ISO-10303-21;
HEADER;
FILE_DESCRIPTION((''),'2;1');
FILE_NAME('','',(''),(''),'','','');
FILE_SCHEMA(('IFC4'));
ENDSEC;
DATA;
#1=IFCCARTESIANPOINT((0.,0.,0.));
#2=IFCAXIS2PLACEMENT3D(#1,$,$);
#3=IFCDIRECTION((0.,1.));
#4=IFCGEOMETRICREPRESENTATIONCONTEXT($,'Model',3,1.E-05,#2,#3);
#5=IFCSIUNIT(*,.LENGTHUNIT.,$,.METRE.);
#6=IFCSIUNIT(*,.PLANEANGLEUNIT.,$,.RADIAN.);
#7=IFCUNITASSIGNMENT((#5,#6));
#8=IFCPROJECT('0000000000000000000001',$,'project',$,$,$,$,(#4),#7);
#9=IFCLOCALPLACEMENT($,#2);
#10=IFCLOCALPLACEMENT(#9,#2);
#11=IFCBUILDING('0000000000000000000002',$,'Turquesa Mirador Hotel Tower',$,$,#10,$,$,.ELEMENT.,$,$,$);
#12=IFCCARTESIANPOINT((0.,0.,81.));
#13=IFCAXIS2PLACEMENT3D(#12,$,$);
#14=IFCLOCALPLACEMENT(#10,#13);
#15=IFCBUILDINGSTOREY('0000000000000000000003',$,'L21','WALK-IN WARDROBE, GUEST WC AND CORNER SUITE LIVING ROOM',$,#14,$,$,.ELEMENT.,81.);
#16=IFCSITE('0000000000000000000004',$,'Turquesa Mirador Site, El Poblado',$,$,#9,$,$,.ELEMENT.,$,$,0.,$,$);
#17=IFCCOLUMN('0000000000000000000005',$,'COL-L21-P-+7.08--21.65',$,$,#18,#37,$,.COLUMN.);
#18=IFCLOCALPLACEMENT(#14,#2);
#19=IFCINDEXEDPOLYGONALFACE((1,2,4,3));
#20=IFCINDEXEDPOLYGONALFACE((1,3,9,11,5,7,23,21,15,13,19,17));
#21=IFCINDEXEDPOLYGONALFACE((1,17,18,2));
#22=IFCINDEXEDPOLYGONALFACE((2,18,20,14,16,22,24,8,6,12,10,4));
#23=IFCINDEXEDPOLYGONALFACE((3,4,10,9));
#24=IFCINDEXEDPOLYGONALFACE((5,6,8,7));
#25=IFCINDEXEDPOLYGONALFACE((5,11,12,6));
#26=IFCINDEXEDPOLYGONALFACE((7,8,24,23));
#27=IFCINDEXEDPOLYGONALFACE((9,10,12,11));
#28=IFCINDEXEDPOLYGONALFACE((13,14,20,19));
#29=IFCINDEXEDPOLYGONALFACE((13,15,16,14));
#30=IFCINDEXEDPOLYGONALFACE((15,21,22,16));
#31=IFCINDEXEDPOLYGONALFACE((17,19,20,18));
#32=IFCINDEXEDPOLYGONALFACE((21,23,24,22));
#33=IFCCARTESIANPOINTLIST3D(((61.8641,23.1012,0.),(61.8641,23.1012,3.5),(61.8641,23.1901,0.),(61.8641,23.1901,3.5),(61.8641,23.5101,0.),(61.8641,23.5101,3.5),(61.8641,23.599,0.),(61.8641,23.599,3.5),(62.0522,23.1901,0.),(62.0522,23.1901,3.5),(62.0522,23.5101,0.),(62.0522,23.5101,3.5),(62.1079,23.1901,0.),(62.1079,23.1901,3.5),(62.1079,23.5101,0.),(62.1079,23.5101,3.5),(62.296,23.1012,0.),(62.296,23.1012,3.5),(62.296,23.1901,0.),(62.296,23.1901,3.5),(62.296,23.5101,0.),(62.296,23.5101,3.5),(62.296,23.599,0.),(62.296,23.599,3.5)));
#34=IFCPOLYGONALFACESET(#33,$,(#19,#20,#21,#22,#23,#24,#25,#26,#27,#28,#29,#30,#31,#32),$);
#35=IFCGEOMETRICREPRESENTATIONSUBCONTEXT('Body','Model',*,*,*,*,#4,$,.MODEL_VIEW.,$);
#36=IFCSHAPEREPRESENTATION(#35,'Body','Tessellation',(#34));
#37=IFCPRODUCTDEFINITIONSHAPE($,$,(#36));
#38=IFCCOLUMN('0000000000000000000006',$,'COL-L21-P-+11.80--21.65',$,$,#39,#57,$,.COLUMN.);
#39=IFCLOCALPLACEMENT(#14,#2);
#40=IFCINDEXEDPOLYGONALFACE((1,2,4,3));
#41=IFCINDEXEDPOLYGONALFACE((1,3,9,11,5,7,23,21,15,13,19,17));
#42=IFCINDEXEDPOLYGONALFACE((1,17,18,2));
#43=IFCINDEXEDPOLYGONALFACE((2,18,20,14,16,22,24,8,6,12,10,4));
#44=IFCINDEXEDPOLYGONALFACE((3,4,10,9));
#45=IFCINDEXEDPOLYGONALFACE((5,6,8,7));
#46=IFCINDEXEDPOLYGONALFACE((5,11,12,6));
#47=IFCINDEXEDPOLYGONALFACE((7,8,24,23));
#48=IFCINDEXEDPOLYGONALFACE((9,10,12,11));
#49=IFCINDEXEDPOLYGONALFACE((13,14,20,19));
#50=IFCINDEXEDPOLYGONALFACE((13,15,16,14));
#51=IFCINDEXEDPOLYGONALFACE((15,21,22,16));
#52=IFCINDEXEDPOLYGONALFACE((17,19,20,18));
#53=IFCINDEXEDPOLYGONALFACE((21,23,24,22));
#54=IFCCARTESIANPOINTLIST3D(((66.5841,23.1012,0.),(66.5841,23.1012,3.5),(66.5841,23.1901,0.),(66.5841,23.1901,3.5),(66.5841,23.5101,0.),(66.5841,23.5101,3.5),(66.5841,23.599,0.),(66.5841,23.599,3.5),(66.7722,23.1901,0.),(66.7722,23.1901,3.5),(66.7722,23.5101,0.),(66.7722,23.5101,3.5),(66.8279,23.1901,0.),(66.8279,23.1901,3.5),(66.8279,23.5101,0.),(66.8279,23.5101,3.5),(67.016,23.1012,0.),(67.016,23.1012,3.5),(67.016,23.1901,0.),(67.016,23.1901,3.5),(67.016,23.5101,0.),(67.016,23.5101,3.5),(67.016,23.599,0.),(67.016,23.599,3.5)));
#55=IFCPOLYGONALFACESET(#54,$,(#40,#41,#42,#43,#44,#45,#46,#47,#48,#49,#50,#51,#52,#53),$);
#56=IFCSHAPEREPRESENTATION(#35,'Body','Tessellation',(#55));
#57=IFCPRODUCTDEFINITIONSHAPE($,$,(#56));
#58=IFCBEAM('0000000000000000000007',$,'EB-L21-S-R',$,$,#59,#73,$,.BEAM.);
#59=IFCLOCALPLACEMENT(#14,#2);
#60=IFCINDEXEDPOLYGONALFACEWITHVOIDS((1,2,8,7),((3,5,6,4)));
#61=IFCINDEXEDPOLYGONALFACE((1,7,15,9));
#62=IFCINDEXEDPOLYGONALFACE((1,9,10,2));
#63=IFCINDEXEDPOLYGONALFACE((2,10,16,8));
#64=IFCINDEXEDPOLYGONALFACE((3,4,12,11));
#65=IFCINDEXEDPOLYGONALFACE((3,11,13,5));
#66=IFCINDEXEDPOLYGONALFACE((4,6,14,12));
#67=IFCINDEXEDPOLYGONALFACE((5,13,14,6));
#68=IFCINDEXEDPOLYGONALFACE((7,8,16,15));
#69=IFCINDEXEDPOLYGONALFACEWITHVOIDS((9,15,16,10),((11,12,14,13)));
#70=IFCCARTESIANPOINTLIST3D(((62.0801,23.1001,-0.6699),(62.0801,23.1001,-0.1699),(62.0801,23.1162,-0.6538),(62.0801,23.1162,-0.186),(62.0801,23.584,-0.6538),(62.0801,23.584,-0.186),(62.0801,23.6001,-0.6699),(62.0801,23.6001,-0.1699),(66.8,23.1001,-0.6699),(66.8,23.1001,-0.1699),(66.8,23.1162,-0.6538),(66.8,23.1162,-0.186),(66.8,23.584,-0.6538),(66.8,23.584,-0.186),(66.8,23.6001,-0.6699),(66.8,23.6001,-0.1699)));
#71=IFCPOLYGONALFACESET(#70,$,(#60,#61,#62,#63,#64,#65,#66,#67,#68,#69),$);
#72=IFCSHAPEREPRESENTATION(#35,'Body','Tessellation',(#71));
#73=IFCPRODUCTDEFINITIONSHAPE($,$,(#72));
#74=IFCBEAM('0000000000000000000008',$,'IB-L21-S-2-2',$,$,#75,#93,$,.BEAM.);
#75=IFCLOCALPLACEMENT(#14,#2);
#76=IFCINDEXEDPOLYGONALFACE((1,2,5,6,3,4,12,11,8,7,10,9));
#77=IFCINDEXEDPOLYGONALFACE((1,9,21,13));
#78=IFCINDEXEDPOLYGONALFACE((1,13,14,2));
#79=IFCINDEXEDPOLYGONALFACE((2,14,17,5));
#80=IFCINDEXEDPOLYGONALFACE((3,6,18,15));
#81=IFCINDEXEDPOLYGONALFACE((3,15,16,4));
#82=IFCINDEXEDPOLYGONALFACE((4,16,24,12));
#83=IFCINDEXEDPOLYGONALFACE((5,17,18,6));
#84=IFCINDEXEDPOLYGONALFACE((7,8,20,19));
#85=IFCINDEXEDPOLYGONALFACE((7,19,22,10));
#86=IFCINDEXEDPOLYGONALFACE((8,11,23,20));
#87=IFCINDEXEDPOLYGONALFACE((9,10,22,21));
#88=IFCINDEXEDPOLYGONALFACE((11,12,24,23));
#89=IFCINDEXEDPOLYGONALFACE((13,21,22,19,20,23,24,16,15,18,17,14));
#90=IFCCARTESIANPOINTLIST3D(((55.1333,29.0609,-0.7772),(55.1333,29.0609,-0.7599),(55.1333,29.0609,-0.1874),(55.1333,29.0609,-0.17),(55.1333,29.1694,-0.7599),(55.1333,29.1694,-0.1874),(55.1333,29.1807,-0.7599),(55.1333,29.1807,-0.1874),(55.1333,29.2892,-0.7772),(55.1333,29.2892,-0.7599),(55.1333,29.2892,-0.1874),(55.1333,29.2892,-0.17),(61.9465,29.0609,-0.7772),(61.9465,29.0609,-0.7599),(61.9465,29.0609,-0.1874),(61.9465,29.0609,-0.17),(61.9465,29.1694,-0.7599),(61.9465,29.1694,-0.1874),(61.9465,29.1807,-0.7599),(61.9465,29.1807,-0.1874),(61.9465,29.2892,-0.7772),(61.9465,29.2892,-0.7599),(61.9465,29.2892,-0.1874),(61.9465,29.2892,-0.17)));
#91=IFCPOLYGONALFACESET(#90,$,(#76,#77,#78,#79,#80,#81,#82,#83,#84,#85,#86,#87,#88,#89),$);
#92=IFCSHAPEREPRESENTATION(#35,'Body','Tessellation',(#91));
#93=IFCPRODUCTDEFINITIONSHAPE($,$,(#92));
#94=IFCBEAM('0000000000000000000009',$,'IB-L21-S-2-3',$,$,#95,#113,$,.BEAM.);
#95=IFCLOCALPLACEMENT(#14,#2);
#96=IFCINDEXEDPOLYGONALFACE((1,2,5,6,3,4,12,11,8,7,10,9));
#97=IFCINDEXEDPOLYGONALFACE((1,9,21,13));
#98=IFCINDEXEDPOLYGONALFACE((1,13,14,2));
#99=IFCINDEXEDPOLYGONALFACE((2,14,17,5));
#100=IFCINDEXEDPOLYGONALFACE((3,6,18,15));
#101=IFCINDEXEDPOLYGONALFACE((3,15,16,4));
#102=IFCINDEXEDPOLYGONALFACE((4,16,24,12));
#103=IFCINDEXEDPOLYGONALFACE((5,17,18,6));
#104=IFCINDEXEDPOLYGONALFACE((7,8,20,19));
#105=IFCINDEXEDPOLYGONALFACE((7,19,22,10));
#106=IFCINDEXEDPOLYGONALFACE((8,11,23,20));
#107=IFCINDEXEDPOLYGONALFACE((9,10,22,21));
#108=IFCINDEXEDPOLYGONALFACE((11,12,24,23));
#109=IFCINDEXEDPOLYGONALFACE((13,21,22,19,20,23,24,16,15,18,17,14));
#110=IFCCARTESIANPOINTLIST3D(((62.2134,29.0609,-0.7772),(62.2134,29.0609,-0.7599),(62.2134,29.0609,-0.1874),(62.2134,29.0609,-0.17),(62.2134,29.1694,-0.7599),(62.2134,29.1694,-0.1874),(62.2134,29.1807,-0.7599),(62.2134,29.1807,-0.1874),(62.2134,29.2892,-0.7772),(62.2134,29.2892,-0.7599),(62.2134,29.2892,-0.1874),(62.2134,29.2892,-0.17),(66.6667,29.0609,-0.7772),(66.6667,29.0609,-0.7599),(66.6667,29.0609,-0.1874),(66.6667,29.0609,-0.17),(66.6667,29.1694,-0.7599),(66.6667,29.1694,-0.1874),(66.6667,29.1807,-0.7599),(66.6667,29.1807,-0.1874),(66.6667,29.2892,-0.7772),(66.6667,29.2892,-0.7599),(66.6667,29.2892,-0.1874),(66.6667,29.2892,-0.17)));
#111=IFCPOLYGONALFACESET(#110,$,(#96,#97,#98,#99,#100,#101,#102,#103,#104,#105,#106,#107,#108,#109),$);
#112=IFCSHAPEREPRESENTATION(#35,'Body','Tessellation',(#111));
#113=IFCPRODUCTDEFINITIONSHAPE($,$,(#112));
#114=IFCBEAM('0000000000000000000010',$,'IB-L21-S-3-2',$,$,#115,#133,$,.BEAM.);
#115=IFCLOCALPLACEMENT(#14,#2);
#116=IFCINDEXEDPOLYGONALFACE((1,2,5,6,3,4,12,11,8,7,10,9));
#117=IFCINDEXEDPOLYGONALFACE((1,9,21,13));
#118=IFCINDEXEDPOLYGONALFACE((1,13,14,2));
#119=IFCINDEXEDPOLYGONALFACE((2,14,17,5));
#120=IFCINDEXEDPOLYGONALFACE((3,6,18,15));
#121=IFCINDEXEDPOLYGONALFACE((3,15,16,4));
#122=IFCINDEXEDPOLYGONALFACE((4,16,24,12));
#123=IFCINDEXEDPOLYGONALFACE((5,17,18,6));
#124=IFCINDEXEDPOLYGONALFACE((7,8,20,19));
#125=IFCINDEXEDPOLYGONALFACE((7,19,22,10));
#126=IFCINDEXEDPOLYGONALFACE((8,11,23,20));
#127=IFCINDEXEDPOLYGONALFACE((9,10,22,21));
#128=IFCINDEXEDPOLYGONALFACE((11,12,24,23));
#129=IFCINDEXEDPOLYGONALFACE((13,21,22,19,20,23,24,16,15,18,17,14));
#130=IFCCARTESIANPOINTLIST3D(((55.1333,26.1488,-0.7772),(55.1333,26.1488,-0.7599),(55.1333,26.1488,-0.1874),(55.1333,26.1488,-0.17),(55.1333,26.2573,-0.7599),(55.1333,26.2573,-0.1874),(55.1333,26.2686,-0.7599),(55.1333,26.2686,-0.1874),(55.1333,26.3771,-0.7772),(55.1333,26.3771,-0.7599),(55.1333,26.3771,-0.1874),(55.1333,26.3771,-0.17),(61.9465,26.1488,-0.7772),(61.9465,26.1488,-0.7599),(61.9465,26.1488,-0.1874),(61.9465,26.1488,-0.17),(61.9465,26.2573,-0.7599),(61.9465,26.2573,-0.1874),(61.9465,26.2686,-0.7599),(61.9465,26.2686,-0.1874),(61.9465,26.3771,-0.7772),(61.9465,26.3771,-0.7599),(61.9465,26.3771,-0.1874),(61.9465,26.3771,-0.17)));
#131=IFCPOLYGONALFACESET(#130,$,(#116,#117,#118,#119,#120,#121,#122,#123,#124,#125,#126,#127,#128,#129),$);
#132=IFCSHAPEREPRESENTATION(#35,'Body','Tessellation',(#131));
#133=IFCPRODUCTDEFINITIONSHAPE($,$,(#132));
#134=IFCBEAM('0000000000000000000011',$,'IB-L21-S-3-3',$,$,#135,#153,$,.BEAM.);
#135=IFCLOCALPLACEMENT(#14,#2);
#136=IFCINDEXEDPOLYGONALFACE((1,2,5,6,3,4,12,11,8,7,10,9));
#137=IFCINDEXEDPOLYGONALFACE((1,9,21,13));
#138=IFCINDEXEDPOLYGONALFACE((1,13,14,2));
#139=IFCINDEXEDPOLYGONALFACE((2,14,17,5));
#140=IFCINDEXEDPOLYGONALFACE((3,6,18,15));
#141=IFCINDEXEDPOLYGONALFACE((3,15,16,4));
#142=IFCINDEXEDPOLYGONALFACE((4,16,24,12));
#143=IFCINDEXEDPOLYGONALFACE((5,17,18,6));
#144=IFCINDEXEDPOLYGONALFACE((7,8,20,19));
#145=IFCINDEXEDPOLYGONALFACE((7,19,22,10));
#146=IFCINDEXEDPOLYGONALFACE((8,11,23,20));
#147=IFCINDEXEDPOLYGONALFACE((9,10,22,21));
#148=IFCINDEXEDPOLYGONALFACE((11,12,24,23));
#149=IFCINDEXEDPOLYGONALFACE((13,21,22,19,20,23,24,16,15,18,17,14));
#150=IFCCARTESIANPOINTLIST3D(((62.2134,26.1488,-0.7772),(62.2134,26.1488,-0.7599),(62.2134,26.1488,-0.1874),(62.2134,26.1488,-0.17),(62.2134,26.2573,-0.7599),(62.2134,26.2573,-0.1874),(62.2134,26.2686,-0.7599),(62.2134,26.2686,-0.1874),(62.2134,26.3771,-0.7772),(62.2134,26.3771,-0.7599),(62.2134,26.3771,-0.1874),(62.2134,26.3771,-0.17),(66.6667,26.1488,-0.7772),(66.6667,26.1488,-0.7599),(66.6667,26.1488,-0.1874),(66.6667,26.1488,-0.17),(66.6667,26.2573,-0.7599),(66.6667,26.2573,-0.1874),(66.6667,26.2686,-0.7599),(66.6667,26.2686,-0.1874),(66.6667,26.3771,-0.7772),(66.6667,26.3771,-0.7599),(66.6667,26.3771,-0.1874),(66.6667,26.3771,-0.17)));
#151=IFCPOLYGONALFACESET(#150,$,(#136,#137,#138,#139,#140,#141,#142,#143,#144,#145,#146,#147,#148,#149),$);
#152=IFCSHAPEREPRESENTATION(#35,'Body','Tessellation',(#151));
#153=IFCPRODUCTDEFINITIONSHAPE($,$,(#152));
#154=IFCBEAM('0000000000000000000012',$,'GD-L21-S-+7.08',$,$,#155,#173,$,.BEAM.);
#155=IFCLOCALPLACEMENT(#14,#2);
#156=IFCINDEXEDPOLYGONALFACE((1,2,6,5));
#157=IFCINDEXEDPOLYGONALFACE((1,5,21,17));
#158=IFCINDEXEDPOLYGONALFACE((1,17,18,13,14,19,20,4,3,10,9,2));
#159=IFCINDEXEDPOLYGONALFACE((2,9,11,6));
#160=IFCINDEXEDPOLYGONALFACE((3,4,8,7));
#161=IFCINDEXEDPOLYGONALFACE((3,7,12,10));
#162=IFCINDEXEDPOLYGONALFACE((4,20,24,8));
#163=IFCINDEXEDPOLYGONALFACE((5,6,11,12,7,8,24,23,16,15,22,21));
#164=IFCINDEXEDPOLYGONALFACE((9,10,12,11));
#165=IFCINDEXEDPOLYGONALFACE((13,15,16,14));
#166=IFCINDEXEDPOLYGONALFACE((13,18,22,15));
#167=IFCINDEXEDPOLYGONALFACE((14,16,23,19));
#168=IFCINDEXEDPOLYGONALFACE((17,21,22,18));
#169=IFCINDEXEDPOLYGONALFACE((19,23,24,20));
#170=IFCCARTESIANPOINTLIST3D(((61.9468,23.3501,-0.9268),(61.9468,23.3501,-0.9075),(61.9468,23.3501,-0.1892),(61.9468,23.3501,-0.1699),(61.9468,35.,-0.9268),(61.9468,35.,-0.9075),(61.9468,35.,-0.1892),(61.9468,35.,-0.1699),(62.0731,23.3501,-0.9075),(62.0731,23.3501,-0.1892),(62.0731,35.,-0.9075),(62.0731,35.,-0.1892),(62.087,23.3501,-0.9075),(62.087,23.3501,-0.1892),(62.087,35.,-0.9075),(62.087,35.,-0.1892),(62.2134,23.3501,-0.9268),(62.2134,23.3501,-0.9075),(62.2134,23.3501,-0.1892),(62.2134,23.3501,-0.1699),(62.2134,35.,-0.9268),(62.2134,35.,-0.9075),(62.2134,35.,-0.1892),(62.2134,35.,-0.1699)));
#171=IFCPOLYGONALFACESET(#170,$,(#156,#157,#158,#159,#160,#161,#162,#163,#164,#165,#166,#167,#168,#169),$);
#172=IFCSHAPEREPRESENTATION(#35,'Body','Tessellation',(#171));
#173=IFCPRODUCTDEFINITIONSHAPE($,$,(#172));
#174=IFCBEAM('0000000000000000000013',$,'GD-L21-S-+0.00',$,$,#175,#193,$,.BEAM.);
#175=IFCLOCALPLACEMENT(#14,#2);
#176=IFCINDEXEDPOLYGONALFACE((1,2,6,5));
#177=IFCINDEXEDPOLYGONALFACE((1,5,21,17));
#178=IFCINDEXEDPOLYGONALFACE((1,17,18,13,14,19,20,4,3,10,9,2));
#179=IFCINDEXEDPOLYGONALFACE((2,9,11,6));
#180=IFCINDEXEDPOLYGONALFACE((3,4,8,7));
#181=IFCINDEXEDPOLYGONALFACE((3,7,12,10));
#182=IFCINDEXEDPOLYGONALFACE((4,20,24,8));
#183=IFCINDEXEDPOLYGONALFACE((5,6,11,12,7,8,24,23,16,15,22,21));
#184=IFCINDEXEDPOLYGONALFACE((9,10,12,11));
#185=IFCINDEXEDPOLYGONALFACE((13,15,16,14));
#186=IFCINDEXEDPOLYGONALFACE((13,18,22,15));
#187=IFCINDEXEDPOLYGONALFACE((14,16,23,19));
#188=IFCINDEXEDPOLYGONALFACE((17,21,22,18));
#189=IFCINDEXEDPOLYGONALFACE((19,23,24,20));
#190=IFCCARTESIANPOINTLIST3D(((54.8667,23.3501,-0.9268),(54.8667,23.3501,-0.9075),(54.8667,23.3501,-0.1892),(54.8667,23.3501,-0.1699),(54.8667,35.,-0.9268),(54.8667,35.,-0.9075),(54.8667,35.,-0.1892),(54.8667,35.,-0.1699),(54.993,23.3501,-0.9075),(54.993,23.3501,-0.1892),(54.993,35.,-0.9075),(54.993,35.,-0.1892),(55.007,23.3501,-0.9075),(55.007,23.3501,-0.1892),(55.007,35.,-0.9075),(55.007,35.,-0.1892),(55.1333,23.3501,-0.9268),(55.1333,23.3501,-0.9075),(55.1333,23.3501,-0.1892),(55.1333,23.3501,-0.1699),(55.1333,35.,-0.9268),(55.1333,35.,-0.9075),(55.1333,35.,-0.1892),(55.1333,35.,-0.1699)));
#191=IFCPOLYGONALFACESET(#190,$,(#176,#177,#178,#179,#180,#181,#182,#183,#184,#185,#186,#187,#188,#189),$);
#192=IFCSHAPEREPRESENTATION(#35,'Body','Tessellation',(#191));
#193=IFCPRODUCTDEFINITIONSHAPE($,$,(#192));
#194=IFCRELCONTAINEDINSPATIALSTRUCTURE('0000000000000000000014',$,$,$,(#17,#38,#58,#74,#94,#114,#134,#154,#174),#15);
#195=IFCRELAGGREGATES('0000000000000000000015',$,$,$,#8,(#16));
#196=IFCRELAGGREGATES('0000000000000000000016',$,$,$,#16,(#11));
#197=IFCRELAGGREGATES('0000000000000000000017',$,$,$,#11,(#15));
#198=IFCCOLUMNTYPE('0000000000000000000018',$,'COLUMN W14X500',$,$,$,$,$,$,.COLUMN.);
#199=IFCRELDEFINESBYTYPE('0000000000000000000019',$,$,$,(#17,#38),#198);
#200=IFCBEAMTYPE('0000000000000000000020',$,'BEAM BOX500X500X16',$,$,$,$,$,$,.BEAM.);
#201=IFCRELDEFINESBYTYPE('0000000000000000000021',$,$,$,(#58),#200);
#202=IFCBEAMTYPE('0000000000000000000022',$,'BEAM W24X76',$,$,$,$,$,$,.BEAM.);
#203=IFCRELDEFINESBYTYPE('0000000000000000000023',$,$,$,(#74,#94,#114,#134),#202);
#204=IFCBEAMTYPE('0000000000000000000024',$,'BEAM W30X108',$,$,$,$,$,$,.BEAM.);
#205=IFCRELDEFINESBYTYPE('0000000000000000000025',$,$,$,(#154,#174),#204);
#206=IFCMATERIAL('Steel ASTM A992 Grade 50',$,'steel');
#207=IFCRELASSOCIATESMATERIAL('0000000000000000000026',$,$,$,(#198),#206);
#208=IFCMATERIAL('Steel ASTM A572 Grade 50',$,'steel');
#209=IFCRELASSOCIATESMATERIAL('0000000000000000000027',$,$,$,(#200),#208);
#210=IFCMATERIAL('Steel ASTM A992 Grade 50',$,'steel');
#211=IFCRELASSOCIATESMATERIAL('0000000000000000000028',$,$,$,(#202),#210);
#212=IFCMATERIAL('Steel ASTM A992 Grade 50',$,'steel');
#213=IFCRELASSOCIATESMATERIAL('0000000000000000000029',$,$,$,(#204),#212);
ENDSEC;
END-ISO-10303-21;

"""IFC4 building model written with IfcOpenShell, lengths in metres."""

from ifc_helpers import new_model, si_unit, direction, frame, origin, origin_2d, place, context, subcontext, project, spatial, hollow_rectangle, i_section, extrude, material, material_profile, profile_set, type_object, element, save


model = new_model("IFC4")

# Units and contexts
model_context = context("Model", 3, precision=1e-05, world=origin(), true_north=direction((0.0, 1.0)))
body_context = subcontext(model_context, "Body", "Model", "MODEL_VIEW")
ifc_project = project(units=[si_unit("LENGTHUNIT", "METRE"), si_unit("PLANEANGLEUNIT", "RADIAN")], contexts=[model_context])

# Site, building, storey
site_placement = place(None, origin())
site = spatial("IfcSite", under=ifc_project, at=site_placement, Name="Turquesa Mirador Site, El Poblado", CompositionType="ELEMENT", RefElevation=0.0)
building_placement = place(site_placement, origin())
building = spatial("IfcBuilding", under=site, at=building_placement, Name="Turquesa Mirador Hotel Tower", CompositionType="ELEMENT")
storey_placement = place(building_placement, frame((0.0, 0.0, 81.0)))
storey = spatial("IfcBuildingStorey", under=building, at=storey_placement, Name="L21", Description="WALK-IN WARDROBE, GUEST WC AND CORNER SUITE LIVING ROOM", CompositionType="ELEMENT", Elevation=81.0)

# Columns
ifc_material_1 = material(Name="Steel ASTM A992 Grade 50", Category="steel")
ifc_material_profile_1 = material_profile(ifc_material_1, i_section(OverallWidth=0.4319, OverallDepth=0.4978, WebThickness=0.0557, FlangeThickness=0.0889, at=origin_2d()), Name="W14X500")
ifc_profile_set_1 = profile_set([ifc_material_profile_1], Name="Steel ASTM A992 Grade 50")
column_type = type_object("IfcColumnType", Name="COLUMN W14X500", PredefinedType="COLUMN", material=ifc_profile_set_1)
for number, where, z_axis, x_axis, name in (
    (1, (62.0801, 23.3501, 0.0), (0.0, 0.0, 1.0), (1.0, 0.0, 0.0), "COL-L21-P-+7.08--21.65"),
    (2, (66.8, 23.3501, 0.0), (0.0, 0.0, 1.0), (1.0, 0.0, 0.0), "COL-L21-P-+11.80--21.65"),
):
    element("IfcColumn", number, at=place(storey_placement, frame(where, z_axis=z_axis, x_axis=x_axis)), inside=storey, type_object=column_type, Name=name, PredefinedType="COLUMN", context=body_context, shape_type="SweptSolid", body=[
        extrude(i_section(OverallWidth=0.4319, OverallDepth=0.4978, WebThickness=0.0557, FlangeThickness=0.0889, at=origin_2d()), origin(), (0.0, 0.0, 1.0), 3.5),
    ])

# Beams
ifc_material_2 = material(Name="Steel ASTM A572 Grade 50", Category="steel")
ifc_material_profile_2 = material_profile(ifc_material_2, hollow_rectangle(XDim=0.5, YDim=0.5, WallThickness=0.0161, at=origin_2d()), Name="BOX500X500X16")
ifc_profile_set_2 = profile_set([ifc_material_profile_2], Name="Steel ASTM A572 Grade 50")
beam_type_1 = type_object("IfcBeamType", Name="BEAM BOX500X500X16", PredefinedType="BEAM", material=ifc_profile_set_2)
beam_1_placement = place(storey_placement, frame((62.0801, 23.3501, -0.4199), z_axis=(1.0, 0.0, 0.0), x_axis=(0.0, 1.0, 0.0)))
element("IfcBeam", 3, at=beam_1_placement, inside=storey, type_object=beam_type_1, Name="EB-L21-S-R", PredefinedType="BEAM", context=body_context, shape_type="SweptSolid", body=[
    extrude(hollow_rectangle(XDim=0.5, YDim=0.5, WallThickness=0.0161, at=origin_2d()), origin(), (0.0, 0.0, 1.0), 4.72),
])
ifc_material_3 = material(Name="Steel ASTM A992 Grade 50", Category="steel")
ifc_material_profile_3 = material_profile(ifc_material_3, i_section(OverallWidth=0.2283, OverallDepth=0.6072, WebThickness=0.0112, FlangeThickness=0.0173, at=origin_2d()), Name="W24X76")
ifc_profile_set_3 = profile_set([ifc_material_profile_3], Name="Steel ASTM A992 Grade 50")
beam_type_2 = type_object("IfcBeamType", Name="BEAM W24X76", PredefinedType="BEAM", material=ifc_profile_set_3)
beam_2_placement = place(storey_placement, frame((55.1333, 29.175, -0.4736), z_axis=(1.0, 0.0, 0.0), x_axis=(0.0, 1.0, 0.0)))
element("IfcBeam", 4, at=beam_2_placement, inside=storey, type_object=beam_type_2, Name="IB-L21-S-2-2", PredefinedType="BEAM", context=body_context, shape_type="SweptSolid", body=[
    extrude(i_section(OverallWidth=0.2283, OverallDepth=0.6072, WebThickness=0.0112, FlangeThickness=0.0173, at=origin_2d()), origin(), (0.0, 0.0, 1.0), 6.8132),
])
beam_3_placement = place(storey_placement, frame((62.2134, 29.175, -0.4736), z_axis=(1.0, 0.0, 0.0), x_axis=(0.0, 1.0, 0.0)))
element("IfcBeam", 5, at=beam_3_placement, inside=storey, type_object=beam_type_2, Name="IB-L21-S-2-3", PredefinedType="BEAM", context=body_context, shape_type="SweptSolid", body=[
    extrude(i_section(OverallWidth=0.2283, OverallDepth=0.6072, WebThickness=0.0112, FlangeThickness=0.0173, at=origin_2d()), origin(), (0.0, 0.0, 1.0), 4.4534),
])
beam_4_placement = place(storey_placement, frame((55.1333, 26.2629, -0.4736), z_axis=(1.0, 0.0, 0.0), x_axis=(0.0, 1.0, 0.0)))
element("IfcBeam", 6, at=beam_4_placement, inside=storey, type_object=beam_type_2, Name="IB-L21-S-3-2", PredefinedType="BEAM", context=body_context, shape_type="SweptSolid", body=[
    extrude(i_section(OverallWidth=0.2283, OverallDepth=0.6072, WebThickness=0.0112, FlangeThickness=0.0173, at=origin_2d()), origin(), (0.0, 0.0, 1.0), 6.8132),
])
beam_5_placement = place(storey_placement, frame((62.2134, 26.2629, -0.4736), z_axis=(1.0, 0.0, 0.0), x_axis=(0.0, 1.0, 0.0)))
element("IfcBeam", 7, at=beam_5_placement, inside=storey, type_object=beam_type_2, Name="IB-L21-S-3-3", PredefinedType="BEAM", context=body_context, shape_type="SweptSolid", body=[
    extrude(i_section(OverallWidth=0.2283, OverallDepth=0.6072, WebThickness=0.0112, FlangeThickness=0.0173, at=origin_2d()), origin(), (0.0, 0.0, 1.0), 4.4534),
])
ifc_material_4 = material(Name="Steel ASTM A992 Grade 50", Category="steel")
ifc_material_profile_4 = material_profile(ifc_material_4, i_section(OverallWidth=0.2666, OverallDepth=0.7568, WebThickness=0.0139, FlangeThickness=0.0193, at=origin_2d()), Name="W30X108")
ifc_profile_set_4 = profile_set([ifc_material_profile_4], Name="Steel ASTM A992 Grade 50")
beam_type_3 = type_object("IfcBeamType", Name="BEAM W30X108", PredefinedType="BEAM", material=ifc_profile_set_4)
for number, where, z_axis, x_axis, name in (
    (8, (62.0801, 23.3501, -0.5483), (0.0, 1.0, 0.0), (-1.0, 0.0, 0.0), "GD-L21-S-+7.08"),
    (9, (55.0, 23.3501, -0.5483), (0.0, 1.0, 0.0), (-1.0, 0.0, 0.0), "GD-L21-S-+0.00"),
):
    element("IfcBeam", number, at=place(storey_placement, frame(where, z_axis=z_axis, x_axis=x_axis)), inside=storey, type_object=beam_type_3, Name=name, PredefinedType="BEAM", context=body_context, shape_type="SweptSolid", body=[
        extrude(i_section(OverallWidth=0.2666, OverallDepth=0.7568, WebThickness=0.0139, FlangeThickness=0.0193, at=origin_2d()), origin(), (0.0, 0.0, 1.0), 11.6499),
    ])

save(model, "model.ifc")
